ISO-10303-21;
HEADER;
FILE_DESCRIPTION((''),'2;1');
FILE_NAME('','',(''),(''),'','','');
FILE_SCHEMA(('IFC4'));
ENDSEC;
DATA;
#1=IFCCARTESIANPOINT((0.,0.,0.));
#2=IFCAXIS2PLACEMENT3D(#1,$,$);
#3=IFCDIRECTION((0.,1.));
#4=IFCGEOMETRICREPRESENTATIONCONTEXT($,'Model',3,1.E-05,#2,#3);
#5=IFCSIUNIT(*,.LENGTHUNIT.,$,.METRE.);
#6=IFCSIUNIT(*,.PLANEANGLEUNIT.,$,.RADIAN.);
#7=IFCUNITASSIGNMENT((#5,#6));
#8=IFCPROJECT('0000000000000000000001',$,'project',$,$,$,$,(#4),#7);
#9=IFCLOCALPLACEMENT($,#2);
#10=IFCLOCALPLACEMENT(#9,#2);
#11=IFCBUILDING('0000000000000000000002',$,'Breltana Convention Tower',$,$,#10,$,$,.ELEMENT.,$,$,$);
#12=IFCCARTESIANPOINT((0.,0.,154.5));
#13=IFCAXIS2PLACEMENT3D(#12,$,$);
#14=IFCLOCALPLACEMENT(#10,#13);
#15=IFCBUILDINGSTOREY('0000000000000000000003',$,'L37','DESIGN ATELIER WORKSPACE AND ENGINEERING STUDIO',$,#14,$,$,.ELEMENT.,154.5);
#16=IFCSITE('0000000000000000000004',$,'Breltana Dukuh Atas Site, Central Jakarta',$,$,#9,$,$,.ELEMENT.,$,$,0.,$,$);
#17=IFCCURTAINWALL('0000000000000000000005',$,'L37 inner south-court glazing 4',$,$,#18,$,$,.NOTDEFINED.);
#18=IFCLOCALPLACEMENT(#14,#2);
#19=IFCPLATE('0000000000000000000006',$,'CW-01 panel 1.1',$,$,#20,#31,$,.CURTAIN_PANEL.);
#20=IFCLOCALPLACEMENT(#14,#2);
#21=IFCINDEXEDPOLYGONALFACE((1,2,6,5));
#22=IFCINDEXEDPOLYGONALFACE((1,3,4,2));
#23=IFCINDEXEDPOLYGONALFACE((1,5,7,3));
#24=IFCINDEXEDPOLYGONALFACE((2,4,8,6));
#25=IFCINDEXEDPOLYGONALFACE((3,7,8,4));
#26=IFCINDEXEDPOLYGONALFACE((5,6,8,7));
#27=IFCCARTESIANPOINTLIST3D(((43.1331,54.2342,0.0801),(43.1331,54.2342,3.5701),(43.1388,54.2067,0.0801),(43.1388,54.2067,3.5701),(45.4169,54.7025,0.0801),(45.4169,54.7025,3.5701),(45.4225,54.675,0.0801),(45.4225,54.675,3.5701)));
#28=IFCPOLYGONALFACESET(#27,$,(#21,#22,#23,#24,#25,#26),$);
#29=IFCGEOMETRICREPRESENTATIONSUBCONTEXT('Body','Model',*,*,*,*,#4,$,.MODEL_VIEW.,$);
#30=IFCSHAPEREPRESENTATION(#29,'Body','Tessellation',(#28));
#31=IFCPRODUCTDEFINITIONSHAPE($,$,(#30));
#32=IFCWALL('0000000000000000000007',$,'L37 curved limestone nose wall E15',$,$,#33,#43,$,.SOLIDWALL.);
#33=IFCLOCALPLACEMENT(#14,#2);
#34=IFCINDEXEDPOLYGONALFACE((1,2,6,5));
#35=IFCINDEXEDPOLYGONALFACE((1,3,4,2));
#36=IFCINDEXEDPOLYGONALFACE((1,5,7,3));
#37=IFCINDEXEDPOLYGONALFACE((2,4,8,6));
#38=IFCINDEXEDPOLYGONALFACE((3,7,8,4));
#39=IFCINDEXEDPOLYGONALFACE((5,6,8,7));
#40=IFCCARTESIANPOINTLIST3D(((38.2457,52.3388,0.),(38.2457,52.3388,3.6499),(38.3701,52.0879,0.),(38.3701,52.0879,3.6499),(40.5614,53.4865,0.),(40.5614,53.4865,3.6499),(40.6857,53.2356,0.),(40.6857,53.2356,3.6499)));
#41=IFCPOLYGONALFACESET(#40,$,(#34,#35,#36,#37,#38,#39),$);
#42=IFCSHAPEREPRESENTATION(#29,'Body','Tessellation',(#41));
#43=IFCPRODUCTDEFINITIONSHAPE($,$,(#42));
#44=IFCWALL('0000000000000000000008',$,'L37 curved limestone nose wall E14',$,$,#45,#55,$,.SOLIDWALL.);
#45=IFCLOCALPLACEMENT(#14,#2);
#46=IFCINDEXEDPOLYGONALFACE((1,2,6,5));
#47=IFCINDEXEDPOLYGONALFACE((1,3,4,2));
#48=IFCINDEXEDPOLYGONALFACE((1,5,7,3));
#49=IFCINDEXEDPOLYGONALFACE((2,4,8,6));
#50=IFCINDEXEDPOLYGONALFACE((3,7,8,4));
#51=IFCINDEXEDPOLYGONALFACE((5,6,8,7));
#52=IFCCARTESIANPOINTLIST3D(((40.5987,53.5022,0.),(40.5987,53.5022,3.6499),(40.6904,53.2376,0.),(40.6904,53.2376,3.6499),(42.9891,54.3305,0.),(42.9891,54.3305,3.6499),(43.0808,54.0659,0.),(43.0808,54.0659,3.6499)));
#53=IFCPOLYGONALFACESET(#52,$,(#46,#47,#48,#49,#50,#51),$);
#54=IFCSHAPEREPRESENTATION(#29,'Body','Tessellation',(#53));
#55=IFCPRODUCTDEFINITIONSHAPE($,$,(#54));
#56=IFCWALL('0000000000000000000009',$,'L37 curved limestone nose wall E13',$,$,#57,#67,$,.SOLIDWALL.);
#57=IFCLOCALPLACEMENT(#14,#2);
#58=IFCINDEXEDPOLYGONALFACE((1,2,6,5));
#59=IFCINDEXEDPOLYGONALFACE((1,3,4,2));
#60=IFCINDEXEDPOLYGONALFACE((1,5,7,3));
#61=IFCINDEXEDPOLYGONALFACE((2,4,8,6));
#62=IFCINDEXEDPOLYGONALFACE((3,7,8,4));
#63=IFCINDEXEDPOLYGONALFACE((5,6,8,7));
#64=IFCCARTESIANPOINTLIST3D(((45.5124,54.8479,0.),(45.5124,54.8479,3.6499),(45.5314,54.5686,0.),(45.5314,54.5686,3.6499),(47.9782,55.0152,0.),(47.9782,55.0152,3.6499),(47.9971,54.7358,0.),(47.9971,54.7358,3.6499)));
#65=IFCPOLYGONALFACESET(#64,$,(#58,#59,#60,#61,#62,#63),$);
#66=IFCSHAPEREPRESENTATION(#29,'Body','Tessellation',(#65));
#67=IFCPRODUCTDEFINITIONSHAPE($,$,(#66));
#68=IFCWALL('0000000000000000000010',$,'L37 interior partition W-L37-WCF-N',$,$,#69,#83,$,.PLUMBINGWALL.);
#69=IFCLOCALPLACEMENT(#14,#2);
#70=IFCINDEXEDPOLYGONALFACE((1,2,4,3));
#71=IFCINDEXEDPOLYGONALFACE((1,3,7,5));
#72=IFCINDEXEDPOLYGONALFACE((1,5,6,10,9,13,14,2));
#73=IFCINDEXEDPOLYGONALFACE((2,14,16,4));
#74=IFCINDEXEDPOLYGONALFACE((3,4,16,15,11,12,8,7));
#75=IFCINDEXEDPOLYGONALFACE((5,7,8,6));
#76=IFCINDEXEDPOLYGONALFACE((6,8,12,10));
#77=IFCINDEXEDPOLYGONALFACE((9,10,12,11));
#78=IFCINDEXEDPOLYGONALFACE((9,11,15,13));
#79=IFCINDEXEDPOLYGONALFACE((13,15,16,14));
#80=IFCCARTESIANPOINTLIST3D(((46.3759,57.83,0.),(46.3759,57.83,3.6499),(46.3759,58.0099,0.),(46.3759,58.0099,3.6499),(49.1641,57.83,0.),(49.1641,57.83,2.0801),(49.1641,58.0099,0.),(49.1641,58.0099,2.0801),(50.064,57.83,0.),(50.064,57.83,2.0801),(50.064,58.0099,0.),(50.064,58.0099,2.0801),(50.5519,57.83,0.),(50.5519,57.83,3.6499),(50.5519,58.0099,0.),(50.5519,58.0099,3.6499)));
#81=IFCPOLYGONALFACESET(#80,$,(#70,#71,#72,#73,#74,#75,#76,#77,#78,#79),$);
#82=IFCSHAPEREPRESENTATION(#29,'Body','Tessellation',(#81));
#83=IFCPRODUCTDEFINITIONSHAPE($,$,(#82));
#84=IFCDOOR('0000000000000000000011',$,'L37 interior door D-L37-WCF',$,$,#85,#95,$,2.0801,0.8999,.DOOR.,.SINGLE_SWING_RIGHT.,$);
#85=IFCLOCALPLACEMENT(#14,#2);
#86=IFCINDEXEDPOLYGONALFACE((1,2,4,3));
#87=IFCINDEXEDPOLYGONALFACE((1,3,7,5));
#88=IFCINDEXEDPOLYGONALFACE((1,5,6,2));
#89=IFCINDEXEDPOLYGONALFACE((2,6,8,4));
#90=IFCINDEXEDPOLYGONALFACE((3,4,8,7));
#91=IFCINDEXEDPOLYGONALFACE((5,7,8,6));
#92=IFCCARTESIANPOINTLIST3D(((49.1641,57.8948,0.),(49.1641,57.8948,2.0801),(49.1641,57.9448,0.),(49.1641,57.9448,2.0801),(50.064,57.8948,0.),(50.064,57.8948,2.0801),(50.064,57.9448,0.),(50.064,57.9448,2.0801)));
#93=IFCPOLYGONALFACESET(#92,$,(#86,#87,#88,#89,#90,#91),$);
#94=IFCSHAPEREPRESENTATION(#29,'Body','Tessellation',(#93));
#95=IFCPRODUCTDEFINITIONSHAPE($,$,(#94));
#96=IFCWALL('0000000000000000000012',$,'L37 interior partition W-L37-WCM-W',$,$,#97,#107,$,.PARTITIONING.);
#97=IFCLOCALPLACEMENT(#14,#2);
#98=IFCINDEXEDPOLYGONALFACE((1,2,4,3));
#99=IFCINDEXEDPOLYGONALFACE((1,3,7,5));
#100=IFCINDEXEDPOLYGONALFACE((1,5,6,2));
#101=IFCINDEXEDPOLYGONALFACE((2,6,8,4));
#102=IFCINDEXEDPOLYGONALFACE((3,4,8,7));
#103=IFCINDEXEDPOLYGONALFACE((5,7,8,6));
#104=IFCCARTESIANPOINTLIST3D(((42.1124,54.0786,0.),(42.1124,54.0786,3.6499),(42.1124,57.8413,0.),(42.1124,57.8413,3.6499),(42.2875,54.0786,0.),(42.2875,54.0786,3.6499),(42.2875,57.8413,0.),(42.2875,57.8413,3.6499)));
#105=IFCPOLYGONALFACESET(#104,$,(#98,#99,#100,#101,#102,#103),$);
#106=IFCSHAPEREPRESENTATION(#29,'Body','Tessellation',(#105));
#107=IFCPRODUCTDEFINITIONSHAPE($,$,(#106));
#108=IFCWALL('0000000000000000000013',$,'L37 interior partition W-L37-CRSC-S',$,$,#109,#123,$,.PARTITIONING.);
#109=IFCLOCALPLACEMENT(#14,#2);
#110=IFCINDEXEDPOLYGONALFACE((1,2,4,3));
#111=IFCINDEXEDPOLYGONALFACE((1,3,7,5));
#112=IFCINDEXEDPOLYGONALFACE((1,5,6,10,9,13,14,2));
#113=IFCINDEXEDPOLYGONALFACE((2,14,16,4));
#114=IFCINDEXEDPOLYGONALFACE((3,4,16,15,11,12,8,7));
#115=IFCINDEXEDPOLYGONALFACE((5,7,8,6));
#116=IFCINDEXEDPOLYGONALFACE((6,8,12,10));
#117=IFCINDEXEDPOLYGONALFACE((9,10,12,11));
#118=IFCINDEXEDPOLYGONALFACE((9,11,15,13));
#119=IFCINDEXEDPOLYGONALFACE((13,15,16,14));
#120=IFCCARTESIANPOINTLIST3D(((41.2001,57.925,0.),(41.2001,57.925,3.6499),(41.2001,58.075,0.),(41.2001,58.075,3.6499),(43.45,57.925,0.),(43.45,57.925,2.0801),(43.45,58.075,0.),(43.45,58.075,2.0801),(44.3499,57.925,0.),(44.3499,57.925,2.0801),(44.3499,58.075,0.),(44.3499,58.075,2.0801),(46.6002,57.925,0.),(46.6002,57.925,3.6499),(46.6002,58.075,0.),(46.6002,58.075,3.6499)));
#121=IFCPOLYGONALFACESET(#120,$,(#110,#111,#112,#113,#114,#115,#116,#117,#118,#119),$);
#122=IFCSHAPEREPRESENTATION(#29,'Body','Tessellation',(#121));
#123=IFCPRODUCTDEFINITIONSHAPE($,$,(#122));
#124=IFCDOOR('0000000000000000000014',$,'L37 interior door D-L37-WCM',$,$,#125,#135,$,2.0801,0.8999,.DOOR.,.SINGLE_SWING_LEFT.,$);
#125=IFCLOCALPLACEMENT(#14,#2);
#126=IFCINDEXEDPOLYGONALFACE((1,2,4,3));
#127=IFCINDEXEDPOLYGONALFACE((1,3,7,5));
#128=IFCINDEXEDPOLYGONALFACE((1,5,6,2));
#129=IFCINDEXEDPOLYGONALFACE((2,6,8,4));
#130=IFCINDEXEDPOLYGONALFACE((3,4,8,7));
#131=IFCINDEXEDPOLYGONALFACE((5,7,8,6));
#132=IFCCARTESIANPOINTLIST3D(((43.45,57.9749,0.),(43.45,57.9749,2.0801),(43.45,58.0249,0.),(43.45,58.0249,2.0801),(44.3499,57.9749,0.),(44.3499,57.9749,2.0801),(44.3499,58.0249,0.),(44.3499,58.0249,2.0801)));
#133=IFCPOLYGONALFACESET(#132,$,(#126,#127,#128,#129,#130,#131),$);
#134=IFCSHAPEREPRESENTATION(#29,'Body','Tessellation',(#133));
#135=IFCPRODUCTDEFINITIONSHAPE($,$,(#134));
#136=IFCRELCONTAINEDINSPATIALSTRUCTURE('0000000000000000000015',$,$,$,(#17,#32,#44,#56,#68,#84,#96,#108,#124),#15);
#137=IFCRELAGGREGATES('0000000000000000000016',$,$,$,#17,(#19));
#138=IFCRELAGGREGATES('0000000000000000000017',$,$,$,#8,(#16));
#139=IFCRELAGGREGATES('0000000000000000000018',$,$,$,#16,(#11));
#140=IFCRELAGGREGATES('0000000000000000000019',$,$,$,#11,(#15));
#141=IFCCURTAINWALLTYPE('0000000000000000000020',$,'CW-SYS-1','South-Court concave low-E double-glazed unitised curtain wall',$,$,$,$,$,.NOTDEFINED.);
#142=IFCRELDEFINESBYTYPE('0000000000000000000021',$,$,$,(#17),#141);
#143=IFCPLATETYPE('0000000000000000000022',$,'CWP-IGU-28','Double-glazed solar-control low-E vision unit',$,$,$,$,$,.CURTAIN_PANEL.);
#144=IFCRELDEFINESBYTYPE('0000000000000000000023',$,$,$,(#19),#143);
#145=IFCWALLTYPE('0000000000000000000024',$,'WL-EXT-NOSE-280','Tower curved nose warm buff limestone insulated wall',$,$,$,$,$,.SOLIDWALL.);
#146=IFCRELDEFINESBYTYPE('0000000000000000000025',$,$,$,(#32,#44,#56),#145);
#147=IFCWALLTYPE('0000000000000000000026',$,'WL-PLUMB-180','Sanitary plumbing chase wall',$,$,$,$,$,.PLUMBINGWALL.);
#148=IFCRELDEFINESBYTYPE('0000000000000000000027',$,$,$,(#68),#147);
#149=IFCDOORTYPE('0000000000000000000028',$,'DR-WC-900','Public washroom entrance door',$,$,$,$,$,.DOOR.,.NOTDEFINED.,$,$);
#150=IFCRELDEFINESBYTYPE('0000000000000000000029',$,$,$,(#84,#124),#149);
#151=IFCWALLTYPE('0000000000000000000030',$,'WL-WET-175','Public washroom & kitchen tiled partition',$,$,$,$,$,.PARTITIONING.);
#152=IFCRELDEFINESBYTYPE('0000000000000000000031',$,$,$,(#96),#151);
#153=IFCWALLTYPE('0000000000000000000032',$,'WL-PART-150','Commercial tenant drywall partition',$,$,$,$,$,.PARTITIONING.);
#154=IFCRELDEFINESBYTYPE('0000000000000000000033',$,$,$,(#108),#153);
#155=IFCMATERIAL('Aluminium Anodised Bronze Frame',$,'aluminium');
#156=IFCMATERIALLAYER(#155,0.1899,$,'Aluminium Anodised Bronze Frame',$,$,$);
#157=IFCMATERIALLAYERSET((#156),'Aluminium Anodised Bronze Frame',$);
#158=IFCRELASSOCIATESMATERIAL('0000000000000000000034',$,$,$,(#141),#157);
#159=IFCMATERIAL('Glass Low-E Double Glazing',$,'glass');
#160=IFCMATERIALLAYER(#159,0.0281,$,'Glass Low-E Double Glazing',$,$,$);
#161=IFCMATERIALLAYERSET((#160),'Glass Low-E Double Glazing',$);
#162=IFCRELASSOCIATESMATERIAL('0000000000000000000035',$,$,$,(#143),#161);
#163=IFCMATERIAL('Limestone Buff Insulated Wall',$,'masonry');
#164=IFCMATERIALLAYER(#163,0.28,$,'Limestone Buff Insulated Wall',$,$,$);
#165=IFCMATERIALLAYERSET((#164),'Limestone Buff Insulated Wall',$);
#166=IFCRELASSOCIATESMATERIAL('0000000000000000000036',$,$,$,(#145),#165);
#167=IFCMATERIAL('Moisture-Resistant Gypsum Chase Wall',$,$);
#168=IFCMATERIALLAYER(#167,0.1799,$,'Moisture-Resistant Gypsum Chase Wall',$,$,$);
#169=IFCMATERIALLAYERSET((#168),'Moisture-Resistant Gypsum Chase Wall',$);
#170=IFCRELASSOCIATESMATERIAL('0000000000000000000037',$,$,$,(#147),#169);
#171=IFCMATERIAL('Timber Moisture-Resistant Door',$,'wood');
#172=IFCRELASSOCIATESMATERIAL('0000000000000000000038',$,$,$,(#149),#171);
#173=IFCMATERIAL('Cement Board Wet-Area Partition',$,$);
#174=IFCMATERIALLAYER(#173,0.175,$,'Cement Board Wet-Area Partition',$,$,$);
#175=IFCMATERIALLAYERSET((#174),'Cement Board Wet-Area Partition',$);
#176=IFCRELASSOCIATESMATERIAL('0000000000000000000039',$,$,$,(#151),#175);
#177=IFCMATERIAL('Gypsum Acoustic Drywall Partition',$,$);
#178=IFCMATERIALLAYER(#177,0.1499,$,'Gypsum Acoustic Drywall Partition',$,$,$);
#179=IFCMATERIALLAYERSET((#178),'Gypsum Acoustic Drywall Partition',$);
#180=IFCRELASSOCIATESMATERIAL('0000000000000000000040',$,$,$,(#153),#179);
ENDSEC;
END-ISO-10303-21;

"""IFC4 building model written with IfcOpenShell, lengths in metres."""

from ifc_helpers import new_model, si_unit, direction, frame, frame_2d, origin, origin_2d, place, context, subcontext, project, spatial, rectangle, extrude, source, transform, mapped, material, layer, layer_set, type_object, type_shapes, element, fill, aggregate, save


model = new_model("IFC4")

# Units and contexts
model_context = context("Model", 3, precision=1e-05, world=origin(), true_north=direction((0.0, 1.0)))
body_context = subcontext(model_context, "Body", "Model", "MODEL_VIEW")
ifc_project = project(units=[si_unit("LENGTHUNIT", "METRE"), si_unit("PLANEANGLEUNIT", "RADIAN")], contexts=[model_context])

# Site, building, storey
site_placement = place(None, origin())
site = spatial("IfcSite", under=ifc_project, at=site_placement, Name="Breltana Dukuh Atas Site, Central Jakarta", CompositionType="ELEMENT", RefElevation=0.0)
building_placement = place(site_placement, origin())
building = spatial("IfcBuilding", under=site, at=building_placement, Name="Breltana Convention Tower", CompositionType="ELEMENT")
storey_placement = place(building_placement, frame((0.0, 0.0, 154.5)))
storey = spatial("IfcBuildingStorey", under=building, at=storey_placement, Name="L37", Description="DESIGN ATELIER WORKSPACE AND ENGINEERING STUDIO", CompositionType="ELEMENT", Elevation=154.5)

# Curtain wall, plate
ifc_material_1 = material(Name="Aluminium Anodised Bronze Frame", Category="aluminium")
ifc_layer_1 = layer(ifc_material_1, 0.1899, Name="Aluminium Anodised Bronze Frame")
ifc_layer_set_1 = layer_set([ifc_layer_1], Name="Aluminium Anodised Bronze Frame")
curtain_wall_type = type_object("IfcCurtainWallType", Name="CW-SYS-1", Description="South-Court concave low-E double-glazed unitised curtain wall", PredefinedType="NOTDEFINED", material=ifc_layer_set_1)
curtain_wall_placement = place(storey_placement, origin())
curtain_wall = element("IfcCurtainWall", 1, at=curtain_wall_placement, inside=storey, type_object=curtain_wall_type, Name="L37 inner south-court glazing 4", PredefinedType="NOTDEFINED")
ifc_material_2 = material(Name="Glass Low-E Double Glazing", Category="glass")
ifc_layer_2 = layer(ifc_material_2, 0.0281, Name="Glass Low-E Double Glazing")
ifc_layer_set_2 = layer_set([ifc_layer_2], Name="Glass Low-E Double Glazing")
plate_type = type_object("IfcPlateType", Name="CWP-IGU-28", Description="Double-glazed solar-control low-E vision unit", PredefinedType="CURTAIN_PANEL", material=ifc_layer_set_2)
shared_shape_1 = source(origin(), body_context, "Body", "SweptSolid", [
    extrude(rectangle(XDim=2.3313, YDim=0.0281, at=origin_2d()), origin(), (0.0, 0.0, 1.0), 3.49),
])
plate_placement = place(storey_placement, frame((44.2778, 54.4546, 0.0801), z_axis=(0.0, 0.0, 1.0), x_axis=(-0.97962, -0.200861, 0.0)))
plate = element("IfcPlate", 2, at=plate_placement, type_object=plate_type, Name="CW-01 panel 1.1", PredefinedType="CURTAIN_PANEL", context=body_context, shape_type="MappedRepresentation", body=[
    mapped(shared_shape_1, transform((0.0, 0.0, 0.0), scale=1.0)),
])
aggregate(curtain_wall, [plate])

# Walls
ifc_material_3 = material(Name="Limestone Buff Insulated Wall", Category="masonry")
ifc_layer_3 = layer(ifc_material_3, 0.28, Name="Limestone Buff Insulated Wall")
ifc_layer_set_3 = layer_set([ifc_layer_3], Name="Limestone Buff Insulated Wall")
wall_type_1 = type_object("IfcWallType", Name="WL-EXT-NOSE-280", Description="Tower curved nose warm buff limestone insulated wall", PredefinedType="SOLIDWALL", material=ifc_layer_set_3)
shared_shape_2 = source(origin(), body_context, "Body", "SweptSolid", [
    extrude(rectangle(XDim=2.5845, YDim=0.28, at=frame_2d((1.2922, 0.0))), origin(), (0.0, 0.0, 1.0), 3.6499),
])
wall_1_placement = place(storey_placement, frame((40.6235, 53.3611, 0.0), z_axis=(0.0, 0.0, 1.0), x_axis=(-0.89599, -0.444075, 0.0)))
element("IfcWall", 3, at=wall_1_placement, inside=storey, type_object=wall_type_1, Name="L37 curved limestone nose wall E15", PredefinedType="SOLIDWALL", context=body_context, shape_type="MappedRepresentation", body=[
    mapped(shared_shape_2, transform((0.0, 0.0, 0.0), scale=1.0)),
])
shared_shape_3 = source(origin(), body_context, "Body", "SweptSolid", [
    extrude(rectangle(XDim=2.5298, YDim=0.28, at=frame_2d((1.2649, 0.0))), origin(), (0.0, 0.0, 1.0), 3.6499),
])
wall_2_placement = place(storey_placement, frame((43.0349, 54.1982, 0.0), z_axis=(0.0, 0.0, 1.0), x_axis=(-0.944872, -0.327439, 0.0)))
element("IfcWall", 4, at=wall_2_placement, inside=storey, type_object=wall_type_1, Name="L37 curved limestone nose wall E14", PredefinedType="SOLIDWALL", context=body_context, shape_type="MappedRepresentation", body=[
    mapped(shared_shape_3, transform((0.0, 0.0, 0.0), scale=1.0)),
])
shared_shape_4 = source(origin(), body_context, "Body", "SweptSolid", [
    extrude(rectangle(XDim=2.4714, YDim=0.28, at=frame_2d((1.2358, 0.0))), origin(), (0.0, 0.0, 1.0), 3.6499),
])
wall_3_placement = place(storey_placement, frame((47.9878, 54.8755, 0.0), z_axis=(0.0, 0.0, 1.0), x_axis=(-0.997708, -0.067666, 0.0)))
element("IfcWall", 5, at=wall_3_placement, inside=storey, type_object=wall_type_1, Name="L37 curved limestone nose wall E13", PredefinedType="SOLIDWALL", context=body_context, shape_type="MappedRepresentation", body=[
    mapped(shared_shape_4, transform((0.0, 0.0, 0.0), scale=1.0)),
])

# Wall, opening, door
ifc_material_4 = material(Name="Moisture-Resistant Gypsum Chase Wall")
ifc_layer_4 = layer(ifc_material_4, 0.1799, Name="Moisture-Resistant Gypsum Chase Wall")
ifc_layer_set_4 = layer_set([ifc_layer_4], Name="Moisture-Resistant Gypsum Chase Wall")
wall_type_2 = type_object("IfcWallType", Name="WL-PLUMB-180", Description="Sanitary plumbing chase wall", PredefinedType="PLUMBINGWALL", material=ifc_layer_set_4)
shared_shape_5 = source(origin(), body_context, "Body", "SweptSolid", [
    extrude(rectangle(XDim=4.176, YDim=0.1799, at=frame_2d((2.0879, 0.0))), origin(), (0.0, 0.0, 1.0), 3.6499),
])
wall_4_placement = place(storey_placement, frame((46.376, 57.9199, 0.0), z_axis=(0.0, 0.0, 1.0), x_axis=(1.0, 0.0, 0.0)))
wall_4 = element("IfcWall", 6, at=wall_4_placement, inside=storey, type_object=wall_type_2, Name="L37 interior partition W-L37-WCF-N", PredefinedType="PLUMBINGWALL", context=body_context, shape_type="MappedRepresentation", body=[
    mapped(shared_shape_5, transform((0.0, 0.0, 0.0), scale=1.0)),
])
opening_1_placement = place(wall_4_placement, frame((2.7881, 0.0, 0.0)))
opening_1 = element("IfcOpeningElement", 7, at=opening_1_placement, cuts=wall_4, PredefinedType="OPENING", context=body_context, shape_type="SweptSolid", body=[
    extrude(rectangle(XDim=0.8999, YDim=2.0801, at=frame_2d((0.45, 1.04))), frame((0.0, 0.1001, 0.0), z_axis=(0.0, -1.0, 0.0), x_axis=(1.0, 0.0, 0.0)), (0.0, 0.0, 1.0), 0.2),
])
ifc_material_5 = material(Name="Timber Moisture-Resistant Door", Category="wood")
door_type_1 = type_object("IfcDoorType", Name="DR-WC-900", Description="Public washroom entrance door", OperationType="NOTDEFINED", PredefinedType="DOOR", material=ifc_material_5)
shared_shape_6 = source(origin(), body_context, "Body", "SweptSolid", [
    extrude(rectangle(XDim=0.8999, YDim=2.0801, at=frame_2d((0.45, 1.04))), frame((0.0, 0.0249, 0.0), z_axis=(0.0, -1.0, 0.0), x_axis=(1.0, 0.0, 0.0)), (0.0, 0.0, 1.0), 0.05),
])
type_shapes(door_type_1, [shared_shape_6])
door_1_placement = place(opening_1_placement, origin())
door_1 = element("IfcDoor", 8, at=door_1_placement, inside=storey, type_object=door_type_1, Name="L37 interior door D-L37-WCF", OperationType="SINGLE_SWING_RIGHT", OverallHeight=2.0801, OverallWidth=0.8999, PredefinedType="DOOR", context=body_context, shape_type="MappedRepresentation", body=[
    mapped(shared_shape_6, transform((0.0, 0.0, 0.0), scale=1.0)),
])
fill(opening_1, door_1)

# Wall
ifc_material_6 = material(Name="Cement Board Wet-Area Partition")
ifc_layer_5 = layer(ifc_material_6, 0.175, Name="Cement Board Wet-Area Partition")
ifc_layer_set_5 = layer_set([ifc_layer_5], Name="Cement Board Wet-Area Partition")
wall_type_3 = type_object("IfcWallType", Name="WL-WET-175", Description="Public washroom & kitchen tiled partition", PredefinedType="PARTITIONING", material=ifc_layer_set_5)
shared_shape_7 = source(origin(), body_context, "Body", "SweptSolid", [
    extrude(rectangle(XDim=3.7627, YDim=0.175, at=frame_2d((1.8813, 0.0))), origin(), (0.0, 0.0, 1.0), 3.6499),
])
wall_5_placement = place(storey_placement, frame((42.2, 54.0786, 0.0), z_axis=(0.0, 0.0, 1.0), x_axis=(0.0, 1.0, 0.0)))
element("IfcWall", 9, at=wall_5_placement, inside=storey, type_object=wall_type_3, Name="L37 interior partition W-L37-WCM-W", PredefinedType="PARTITIONING", context=body_context, shape_type="MappedRepresentation", body=[
    mapped(shared_shape_7, transform((0.0, 0.0, 0.0), scale=1.0)),
])

# Wall, opening, door
ifc_material_7 = material(Name="Gypsum Acoustic Drywall Partition")
ifc_layer_6 = layer(ifc_material_7, 0.1499, Name="Gypsum Acoustic Drywall Partition")
ifc_layer_set_6 = layer_set([ifc_layer_6], Name="Gypsum Acoustic Drywall Partition")
wall_type_4 = type_object("IfcWallType", Name="WL-PART-150", Description="Commercial tenant drywall partition", PredefinedType="PARTITIONING", material=ifc_layer_set_6)
shared_shape_8 = source(origin(), body_context, "Body", "SweptSolid", [
    extrude(rectangle(XDim=5.4001, YDim=0.1499, at=frame_2d((2.7002, 0.0))), origin(), (0.0, 0.0, 1.0), 3.6499),
])
wall_6_placement = place(storey_placement, frame((41.2, 58.0, 0.0), z_axis=(0.0, 0.0, 1.0), x_axis=(1.0, 0.0, 0.0)))
wall_6 = element("IfcWall", 10, at=wall_6_placement, inside=storey, type_object=wall_type_4, Name="L37 interior partition W-L37-CRSC-S", PredefinedType="PARTITIONING", context=body_context, shape_type="MappedRepresentation", body=[
    mapped(shared_shape_8, transform((0.0, 0.0, 0.0), scale=1.0)),
])
opening_2_placement = place(wall_6_placement, frame((2.25, 0.0, 0.0)))
opening_2 = element("IfcOpeningElement", 11, at=opening_2_placement, cuts=wall_6, PredefinedType="OPENING", context=body_context, shape_type="SweptSolid", body=[
    extrude(rectangle(XDim=0.8999, YDim=2.0801, at=frame_2d((0.45, 1.04))), frame((0.0, 0.085, 0.0), z_axis=(0.0, -1.0, 0.0), x_axis=(1.0, 0.0, 0.0)), (0.0, 0.0, 1.0), 0.1699),
])
door_2_placement = place(opening_2_placement, origin())
door_2 = element("IfcDoor", 12, at=door_2_placement, inside=storey, type_object=door_type_1, Name="L37 interior door D-L37-WCM", OperationType="SINGLE_SWING_LEFT", OverallHeight=2.0801, OverallWidth=0.8999, PredefinedType="DOOR", context=body_context, shape_type="MappedRepresentation", body=[
    mapped(shared_shape_6, transform((0.0, 0.0, 0.0), scale=1.0)),
])
fill(opening_2, door_2)

save(model, "model.ifc")
